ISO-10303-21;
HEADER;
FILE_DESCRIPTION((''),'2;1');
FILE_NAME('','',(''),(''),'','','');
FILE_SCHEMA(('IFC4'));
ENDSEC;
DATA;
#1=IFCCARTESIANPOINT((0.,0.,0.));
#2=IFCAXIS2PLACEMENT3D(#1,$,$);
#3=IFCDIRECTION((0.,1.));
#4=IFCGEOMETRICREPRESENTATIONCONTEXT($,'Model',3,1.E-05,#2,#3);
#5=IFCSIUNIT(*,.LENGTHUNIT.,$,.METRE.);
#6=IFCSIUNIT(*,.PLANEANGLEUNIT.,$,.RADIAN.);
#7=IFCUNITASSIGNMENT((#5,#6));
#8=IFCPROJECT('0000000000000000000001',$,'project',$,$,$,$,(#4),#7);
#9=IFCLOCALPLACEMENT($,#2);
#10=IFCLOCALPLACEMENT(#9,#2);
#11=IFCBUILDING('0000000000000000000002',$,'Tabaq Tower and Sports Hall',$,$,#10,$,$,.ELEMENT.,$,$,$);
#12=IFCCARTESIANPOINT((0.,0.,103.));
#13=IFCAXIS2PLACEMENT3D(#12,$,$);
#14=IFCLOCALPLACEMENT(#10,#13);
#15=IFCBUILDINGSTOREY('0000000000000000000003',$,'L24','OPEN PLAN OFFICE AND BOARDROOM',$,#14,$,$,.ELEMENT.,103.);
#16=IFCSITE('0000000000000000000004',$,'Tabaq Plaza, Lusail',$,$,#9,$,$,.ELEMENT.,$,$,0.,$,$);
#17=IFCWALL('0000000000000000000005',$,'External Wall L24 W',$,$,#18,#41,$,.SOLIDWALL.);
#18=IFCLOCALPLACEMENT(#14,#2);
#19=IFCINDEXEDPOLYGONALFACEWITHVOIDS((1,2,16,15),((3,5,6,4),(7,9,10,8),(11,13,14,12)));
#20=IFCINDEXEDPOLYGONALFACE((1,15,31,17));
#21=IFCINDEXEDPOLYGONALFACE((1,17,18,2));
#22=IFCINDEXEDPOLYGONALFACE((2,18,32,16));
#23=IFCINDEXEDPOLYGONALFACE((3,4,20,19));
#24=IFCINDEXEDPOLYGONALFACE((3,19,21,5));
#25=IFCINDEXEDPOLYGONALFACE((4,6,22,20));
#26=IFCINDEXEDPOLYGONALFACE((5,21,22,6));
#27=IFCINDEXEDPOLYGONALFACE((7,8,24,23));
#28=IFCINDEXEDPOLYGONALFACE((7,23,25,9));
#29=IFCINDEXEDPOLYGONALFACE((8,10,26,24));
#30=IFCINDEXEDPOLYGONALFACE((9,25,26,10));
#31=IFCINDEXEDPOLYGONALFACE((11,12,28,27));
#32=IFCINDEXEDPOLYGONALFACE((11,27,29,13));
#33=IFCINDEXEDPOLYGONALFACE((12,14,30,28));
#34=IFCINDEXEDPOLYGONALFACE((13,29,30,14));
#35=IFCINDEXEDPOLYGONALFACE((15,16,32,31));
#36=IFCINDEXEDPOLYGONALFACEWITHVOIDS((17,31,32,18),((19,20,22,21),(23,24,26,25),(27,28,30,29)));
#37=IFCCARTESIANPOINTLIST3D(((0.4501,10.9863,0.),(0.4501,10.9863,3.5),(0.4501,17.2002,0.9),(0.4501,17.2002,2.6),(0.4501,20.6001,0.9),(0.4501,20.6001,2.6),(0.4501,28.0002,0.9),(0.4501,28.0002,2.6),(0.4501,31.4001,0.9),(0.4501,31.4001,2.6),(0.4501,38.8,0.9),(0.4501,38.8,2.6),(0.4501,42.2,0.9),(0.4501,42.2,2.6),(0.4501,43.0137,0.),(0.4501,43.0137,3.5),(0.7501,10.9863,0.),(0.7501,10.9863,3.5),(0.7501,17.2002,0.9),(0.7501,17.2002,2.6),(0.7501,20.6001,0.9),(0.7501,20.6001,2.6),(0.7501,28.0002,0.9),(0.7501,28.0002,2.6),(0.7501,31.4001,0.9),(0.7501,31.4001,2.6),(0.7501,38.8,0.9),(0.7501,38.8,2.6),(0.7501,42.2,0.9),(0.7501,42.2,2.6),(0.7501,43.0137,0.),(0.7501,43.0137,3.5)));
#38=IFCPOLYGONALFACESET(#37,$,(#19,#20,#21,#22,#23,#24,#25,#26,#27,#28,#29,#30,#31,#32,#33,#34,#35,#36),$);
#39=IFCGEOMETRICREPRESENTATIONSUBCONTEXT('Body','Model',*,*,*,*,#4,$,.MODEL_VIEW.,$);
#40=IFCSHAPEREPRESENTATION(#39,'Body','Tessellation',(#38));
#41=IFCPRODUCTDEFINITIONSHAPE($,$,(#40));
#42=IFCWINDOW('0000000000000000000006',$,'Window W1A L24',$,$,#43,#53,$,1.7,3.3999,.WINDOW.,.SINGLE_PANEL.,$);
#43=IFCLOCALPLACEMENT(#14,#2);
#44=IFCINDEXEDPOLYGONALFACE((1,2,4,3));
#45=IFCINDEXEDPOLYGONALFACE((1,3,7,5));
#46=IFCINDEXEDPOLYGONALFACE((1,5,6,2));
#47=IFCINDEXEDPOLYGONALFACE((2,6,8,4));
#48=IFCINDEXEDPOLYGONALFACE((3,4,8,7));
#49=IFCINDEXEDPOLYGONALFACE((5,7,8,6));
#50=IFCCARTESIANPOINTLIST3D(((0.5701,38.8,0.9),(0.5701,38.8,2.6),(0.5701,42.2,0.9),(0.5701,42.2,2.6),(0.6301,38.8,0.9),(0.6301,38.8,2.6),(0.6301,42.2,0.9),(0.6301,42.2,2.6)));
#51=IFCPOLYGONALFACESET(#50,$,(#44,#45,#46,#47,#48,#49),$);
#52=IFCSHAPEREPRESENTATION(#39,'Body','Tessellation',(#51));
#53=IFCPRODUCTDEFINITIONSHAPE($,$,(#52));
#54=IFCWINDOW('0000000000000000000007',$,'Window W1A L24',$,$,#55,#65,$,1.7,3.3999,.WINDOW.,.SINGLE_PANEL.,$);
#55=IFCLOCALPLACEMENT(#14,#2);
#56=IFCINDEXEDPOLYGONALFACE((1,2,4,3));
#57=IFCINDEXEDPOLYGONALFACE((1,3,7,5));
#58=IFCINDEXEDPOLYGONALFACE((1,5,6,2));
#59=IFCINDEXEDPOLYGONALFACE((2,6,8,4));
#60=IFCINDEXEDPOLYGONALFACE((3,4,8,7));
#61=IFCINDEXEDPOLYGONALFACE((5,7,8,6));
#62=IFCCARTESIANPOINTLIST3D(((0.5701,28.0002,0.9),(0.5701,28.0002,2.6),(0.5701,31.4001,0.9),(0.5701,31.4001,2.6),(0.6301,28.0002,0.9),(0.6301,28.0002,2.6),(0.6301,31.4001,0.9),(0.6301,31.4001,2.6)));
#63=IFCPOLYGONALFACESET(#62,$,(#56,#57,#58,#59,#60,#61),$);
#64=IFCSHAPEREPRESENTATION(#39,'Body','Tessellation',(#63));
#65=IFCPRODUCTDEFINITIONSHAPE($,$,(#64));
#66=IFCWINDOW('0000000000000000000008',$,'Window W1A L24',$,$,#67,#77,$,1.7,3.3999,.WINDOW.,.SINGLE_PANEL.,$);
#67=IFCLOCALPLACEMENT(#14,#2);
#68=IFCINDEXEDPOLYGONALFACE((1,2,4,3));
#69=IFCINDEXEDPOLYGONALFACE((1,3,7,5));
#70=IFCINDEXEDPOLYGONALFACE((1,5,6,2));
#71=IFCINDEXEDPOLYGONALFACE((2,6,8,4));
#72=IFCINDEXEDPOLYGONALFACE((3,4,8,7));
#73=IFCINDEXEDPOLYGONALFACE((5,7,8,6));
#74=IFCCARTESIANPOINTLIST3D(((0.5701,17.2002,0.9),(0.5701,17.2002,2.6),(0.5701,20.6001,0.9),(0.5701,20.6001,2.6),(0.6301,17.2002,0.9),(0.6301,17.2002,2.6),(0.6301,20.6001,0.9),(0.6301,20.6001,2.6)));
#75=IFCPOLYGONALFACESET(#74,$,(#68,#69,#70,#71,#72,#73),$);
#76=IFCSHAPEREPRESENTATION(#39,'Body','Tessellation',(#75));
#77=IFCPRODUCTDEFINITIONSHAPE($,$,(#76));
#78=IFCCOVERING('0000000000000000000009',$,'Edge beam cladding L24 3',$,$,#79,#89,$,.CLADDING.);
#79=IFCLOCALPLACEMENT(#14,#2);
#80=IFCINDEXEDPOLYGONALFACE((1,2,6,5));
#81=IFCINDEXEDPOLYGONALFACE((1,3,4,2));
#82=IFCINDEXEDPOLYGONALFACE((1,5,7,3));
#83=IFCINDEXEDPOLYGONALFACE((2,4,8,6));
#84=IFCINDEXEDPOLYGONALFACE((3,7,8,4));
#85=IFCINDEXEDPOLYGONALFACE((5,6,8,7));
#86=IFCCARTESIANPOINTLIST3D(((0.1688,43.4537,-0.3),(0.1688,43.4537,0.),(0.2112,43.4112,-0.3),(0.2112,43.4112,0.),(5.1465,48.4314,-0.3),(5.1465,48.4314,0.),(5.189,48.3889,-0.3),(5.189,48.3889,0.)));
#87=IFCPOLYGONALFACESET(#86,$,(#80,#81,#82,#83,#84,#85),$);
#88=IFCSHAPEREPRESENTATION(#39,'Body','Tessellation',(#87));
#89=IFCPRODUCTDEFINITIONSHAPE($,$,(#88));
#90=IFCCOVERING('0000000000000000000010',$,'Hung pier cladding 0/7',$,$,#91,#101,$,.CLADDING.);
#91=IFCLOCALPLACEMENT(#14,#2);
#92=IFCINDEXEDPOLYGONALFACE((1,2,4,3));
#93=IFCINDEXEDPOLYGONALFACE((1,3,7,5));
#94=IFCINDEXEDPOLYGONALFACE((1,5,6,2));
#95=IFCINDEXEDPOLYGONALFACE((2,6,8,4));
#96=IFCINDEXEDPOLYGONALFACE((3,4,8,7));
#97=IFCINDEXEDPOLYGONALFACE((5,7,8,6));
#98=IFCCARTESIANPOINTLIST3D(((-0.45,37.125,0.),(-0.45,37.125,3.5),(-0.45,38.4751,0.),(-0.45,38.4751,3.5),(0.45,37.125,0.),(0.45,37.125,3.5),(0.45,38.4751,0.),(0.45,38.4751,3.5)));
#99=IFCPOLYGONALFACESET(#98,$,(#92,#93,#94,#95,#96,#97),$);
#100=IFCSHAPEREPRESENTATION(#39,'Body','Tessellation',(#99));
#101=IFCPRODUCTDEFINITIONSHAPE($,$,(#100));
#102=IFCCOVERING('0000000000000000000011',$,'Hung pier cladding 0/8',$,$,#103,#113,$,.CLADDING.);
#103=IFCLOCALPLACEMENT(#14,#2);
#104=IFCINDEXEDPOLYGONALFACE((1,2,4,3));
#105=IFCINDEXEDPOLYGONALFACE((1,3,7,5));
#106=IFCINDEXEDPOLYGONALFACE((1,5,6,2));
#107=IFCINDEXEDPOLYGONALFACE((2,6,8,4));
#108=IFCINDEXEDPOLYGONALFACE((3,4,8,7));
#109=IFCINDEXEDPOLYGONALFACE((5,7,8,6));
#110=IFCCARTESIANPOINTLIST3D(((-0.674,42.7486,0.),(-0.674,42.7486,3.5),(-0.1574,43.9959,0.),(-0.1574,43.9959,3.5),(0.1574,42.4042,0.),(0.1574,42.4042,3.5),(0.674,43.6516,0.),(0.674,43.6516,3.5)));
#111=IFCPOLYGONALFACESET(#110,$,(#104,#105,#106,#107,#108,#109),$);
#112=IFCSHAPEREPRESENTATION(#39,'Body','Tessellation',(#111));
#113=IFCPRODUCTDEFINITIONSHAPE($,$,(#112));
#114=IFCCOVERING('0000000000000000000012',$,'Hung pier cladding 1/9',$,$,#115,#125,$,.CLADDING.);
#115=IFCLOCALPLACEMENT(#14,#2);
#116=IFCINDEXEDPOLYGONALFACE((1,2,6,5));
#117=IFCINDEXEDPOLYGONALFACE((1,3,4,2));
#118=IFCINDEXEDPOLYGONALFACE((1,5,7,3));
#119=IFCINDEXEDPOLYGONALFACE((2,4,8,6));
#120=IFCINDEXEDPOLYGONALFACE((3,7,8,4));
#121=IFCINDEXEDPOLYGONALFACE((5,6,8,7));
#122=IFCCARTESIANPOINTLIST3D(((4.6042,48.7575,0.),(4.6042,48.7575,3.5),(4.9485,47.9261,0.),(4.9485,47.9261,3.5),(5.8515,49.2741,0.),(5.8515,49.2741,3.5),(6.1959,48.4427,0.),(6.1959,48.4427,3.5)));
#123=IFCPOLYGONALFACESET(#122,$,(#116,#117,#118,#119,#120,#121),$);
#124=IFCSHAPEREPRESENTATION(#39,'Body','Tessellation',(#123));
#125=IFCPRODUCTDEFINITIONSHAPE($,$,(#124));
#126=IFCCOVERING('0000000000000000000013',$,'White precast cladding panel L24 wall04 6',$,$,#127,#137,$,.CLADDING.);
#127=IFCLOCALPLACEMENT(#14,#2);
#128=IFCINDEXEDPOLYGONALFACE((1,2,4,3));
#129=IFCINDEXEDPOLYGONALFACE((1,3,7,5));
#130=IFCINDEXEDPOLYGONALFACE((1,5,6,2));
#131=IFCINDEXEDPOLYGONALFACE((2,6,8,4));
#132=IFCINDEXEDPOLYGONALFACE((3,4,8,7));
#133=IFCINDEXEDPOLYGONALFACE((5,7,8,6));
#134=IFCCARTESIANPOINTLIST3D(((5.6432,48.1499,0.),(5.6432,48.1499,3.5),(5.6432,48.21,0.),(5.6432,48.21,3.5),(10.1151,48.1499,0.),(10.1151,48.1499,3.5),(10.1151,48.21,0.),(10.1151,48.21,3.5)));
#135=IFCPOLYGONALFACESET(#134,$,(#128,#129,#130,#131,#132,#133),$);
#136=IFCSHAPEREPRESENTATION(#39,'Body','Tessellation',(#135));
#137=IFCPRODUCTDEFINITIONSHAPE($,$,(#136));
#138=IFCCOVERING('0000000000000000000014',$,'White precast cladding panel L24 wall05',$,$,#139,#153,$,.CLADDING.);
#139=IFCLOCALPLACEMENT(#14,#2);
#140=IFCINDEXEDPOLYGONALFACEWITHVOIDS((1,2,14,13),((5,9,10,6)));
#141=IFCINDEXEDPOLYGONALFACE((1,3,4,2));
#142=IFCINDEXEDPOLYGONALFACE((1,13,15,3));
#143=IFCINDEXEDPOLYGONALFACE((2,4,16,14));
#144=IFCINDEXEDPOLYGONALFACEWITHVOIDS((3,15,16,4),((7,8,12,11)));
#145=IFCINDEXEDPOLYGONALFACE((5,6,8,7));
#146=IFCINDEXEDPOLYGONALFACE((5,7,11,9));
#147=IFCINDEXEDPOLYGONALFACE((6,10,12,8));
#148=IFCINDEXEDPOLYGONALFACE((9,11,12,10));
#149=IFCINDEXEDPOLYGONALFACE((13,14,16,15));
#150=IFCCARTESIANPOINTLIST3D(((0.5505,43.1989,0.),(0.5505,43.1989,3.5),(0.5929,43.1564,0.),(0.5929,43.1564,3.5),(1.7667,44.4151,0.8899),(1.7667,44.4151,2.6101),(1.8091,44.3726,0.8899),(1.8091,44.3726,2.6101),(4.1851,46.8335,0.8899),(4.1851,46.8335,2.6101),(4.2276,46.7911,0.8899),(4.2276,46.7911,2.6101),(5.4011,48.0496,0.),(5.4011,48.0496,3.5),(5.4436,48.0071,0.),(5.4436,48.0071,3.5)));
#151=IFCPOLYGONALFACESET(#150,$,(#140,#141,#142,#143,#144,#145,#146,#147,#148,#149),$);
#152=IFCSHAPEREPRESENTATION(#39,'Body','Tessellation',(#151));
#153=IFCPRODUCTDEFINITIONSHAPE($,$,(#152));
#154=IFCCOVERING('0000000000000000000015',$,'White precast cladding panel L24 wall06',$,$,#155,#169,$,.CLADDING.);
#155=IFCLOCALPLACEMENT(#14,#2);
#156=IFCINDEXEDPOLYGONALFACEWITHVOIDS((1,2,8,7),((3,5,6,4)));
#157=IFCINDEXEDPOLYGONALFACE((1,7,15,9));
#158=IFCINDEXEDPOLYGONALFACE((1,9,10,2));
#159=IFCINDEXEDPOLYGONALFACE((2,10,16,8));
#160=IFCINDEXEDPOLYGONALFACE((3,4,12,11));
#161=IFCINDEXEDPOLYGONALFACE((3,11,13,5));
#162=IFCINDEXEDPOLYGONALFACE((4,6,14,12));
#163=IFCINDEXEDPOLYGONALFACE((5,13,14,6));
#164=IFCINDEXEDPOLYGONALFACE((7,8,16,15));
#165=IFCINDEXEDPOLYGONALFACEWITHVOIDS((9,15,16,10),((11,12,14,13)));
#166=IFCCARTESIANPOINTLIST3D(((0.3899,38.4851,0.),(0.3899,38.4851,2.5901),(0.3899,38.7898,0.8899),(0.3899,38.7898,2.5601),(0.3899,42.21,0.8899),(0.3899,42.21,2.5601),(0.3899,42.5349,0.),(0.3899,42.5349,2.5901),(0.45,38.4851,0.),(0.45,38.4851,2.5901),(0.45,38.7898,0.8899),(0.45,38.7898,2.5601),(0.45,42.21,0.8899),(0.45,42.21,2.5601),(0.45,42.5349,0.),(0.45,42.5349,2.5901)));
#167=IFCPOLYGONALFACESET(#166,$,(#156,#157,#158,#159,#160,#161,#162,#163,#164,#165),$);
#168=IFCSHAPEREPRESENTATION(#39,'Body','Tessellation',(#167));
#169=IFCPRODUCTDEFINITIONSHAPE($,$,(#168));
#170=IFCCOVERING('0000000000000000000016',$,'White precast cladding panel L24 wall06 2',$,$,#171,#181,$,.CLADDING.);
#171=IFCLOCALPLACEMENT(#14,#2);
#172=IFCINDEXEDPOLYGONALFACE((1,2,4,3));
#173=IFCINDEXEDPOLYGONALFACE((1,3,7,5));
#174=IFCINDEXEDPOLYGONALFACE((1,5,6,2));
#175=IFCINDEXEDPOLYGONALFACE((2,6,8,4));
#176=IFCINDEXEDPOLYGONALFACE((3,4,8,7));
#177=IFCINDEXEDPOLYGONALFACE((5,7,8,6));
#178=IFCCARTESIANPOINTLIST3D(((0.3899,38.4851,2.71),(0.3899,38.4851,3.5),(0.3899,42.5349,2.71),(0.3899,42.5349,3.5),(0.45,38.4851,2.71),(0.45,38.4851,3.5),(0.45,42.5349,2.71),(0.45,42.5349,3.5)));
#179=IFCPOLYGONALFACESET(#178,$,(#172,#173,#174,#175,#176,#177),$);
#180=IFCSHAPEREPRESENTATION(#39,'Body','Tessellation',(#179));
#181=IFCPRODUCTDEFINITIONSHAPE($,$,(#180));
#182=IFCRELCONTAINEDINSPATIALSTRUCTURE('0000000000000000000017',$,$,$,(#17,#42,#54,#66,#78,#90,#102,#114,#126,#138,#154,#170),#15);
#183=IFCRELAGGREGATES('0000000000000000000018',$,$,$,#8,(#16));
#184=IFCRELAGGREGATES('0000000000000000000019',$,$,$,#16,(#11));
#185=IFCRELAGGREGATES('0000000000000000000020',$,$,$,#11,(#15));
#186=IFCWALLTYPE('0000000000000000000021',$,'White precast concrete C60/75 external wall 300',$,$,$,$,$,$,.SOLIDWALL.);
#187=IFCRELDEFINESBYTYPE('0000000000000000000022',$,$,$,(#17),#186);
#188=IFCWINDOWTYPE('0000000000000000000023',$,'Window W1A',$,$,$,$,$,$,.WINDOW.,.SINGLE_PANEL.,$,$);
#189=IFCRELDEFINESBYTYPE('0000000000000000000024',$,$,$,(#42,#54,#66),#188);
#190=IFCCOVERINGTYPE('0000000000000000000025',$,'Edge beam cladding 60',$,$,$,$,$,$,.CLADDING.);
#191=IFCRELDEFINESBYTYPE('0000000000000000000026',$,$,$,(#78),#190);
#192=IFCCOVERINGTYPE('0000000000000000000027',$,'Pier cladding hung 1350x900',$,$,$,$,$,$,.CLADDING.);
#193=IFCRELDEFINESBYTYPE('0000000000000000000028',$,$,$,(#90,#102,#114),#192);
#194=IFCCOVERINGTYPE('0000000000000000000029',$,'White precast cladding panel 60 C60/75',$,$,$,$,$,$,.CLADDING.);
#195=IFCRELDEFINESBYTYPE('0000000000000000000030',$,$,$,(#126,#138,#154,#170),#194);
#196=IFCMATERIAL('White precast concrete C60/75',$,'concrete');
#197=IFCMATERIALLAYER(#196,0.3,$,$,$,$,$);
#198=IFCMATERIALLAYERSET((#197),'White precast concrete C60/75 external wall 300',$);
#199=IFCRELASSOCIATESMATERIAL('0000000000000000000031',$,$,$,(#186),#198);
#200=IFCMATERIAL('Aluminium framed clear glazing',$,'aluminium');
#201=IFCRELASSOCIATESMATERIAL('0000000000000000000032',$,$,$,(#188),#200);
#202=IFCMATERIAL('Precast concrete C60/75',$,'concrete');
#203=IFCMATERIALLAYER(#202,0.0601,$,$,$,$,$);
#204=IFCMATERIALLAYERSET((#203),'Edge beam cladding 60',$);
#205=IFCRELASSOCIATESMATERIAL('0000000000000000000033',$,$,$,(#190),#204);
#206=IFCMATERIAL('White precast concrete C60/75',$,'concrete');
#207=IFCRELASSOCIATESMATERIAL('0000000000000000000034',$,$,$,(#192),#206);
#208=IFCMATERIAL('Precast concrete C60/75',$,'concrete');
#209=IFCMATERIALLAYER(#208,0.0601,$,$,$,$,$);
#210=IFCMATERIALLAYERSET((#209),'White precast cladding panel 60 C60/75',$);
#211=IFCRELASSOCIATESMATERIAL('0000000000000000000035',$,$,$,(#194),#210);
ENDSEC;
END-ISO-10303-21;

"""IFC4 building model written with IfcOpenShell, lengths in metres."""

from ifc_helpers import new_model, si_unit, direction, frame, frame_2d, origin, place, context, subcontext, project, spatial, polyline, rectangle, outline, extrude, material, layer, layer_set, type_object, element, fill, save


model = new_model("IFC4")

# Units and contexts
model_context = context("Model", 3, precision=1e-05, world=origin(), true_north=direction((0.0, 1.0)))
body_context = subcontext(model_context, "Body", "Model", "MODEL_VIEW")
ifc_project = project(units=[si_unit("LENGTHUNIT", "METRE"), si_unit("PLANEANGLEUNIT", "RADIAN")], contexts=[model_context])

# Site, building, storey
site_placement = place(None, origin())
site = spatial("IfcSite", under=ifc_project, at=site_placement, Name="Tabaq Plaza, Lusail", CompositionType="ELEMENT", RefElevation=0.0)
building_placement = place(site_placement, origin())
building = spatial("IfcBuilding", under=site, at=building_placement, Name="Tabaq Tower and Sports Hall", CompositionType="ELEMENT")
storey_placement = place(building_placement, frame((0.0, 0.0, 103.0)))
storey = spatial("IfcBuildingStorey", under=building, at=storey_placement, Name="L24", Description="OPEN PLAN OFFICE AND BOARDROOM", CompositionType="ELEMENT", Elevation=103.0)

# Shared definitions
ifc_material_1 = material(Name="White precast concrete C60/75", Category="concrete")
ifc_layer_1 = layer(ifc_material_1, 0.3)
ifc_layer_set_1 = layer_set([ifc_layer_1], Name="White precast concrete C60/75 external wall 300")
wall_type_1 = type_object("IfcWallType", Name="White precast concrete C60/75 external wall 300", PredefinedType="SOLIDWALL", material=ifc_layer_set_1)
ifc_material_2 = material(Name="Aluminium framed clear glazing", Category="aluminium")
window_type = type_object("IfcWindowType", Name="Window W1A", PartitioningType="SINGLE_PANEL", PredefinedType="WINDOW", material=ifc_material_2)

# Wall, openings, windows
wall_1_placement = place(storey_placement, frame((0.6001, 43.0137, 0.0), z_axis=(0.0, 0.0, 1.0), x_axis=(0.0, -1.0, 0.0)))
wall_1 = element("IfcWall", 1, at=wall_1_placement, inside=storey, type_object=wall_type_1, Name="External Wall L24 W", PredefinedType="SOLIDWALL", context=body_context, shape_type="SweptSolid", body=[
    extrude(rectangle(XDim=32.0273, YDim=0.3, at=frame_2d((16.0137, 0.0))), origin(), (0.0, 0.0, 1.0), 3.5),
])
opening_1_placement = place(wall_1_placement, frame((0.8137, 0.0, 0.8999)))
opening_1 = element("IfcOpeningElement", 2, at=opening_1_placement, cuts=wall_1, PredefinedType="OPENING", context=body_context, shape_type="SweptSolid", body=[
    extrude(rectangle(XDim=3.3999, YDim=1.7, at=frame_2d((1.7, 0.8501))), frame((0.0, 0.1602, 0.0), z_axis=(0.0, -1.0, 0.0), x_axis=(1.0, 0.0, 0.0)), (0.0, 0.0, 1.0), 0.3201),
])
opening_2_placement = place(wall_1_placement, frame((11.6135, 0.0, 0.8999)))
opening_2 = element("IfcOpeningElement", 3, at=opening_2_placement, cuts=wall_1, PredefinedType="OPENING", context=body_context, shape_type="SweptSolid", body=[
    extrude(rectangle(XDim=3.3999, YDim=1.7, at=frame_2d((1.7, 0.8501))), frame((0.0, 0.1602, 0.0), z_axis=(0.0, -1.0, 0.0), x_axis=(1.0, 0.0, 0.0)), (0.0, 0.0, 1.0), 0.3201),
])
opening_3_placement = place(wall_1_placement, frame((22.4136, 0.0, 0.8999)))
opening_3 = element("IfcOpeningElement", 4, at=opening_3_placement, cuts=wall_1, PredefinedType="OPENING", context=body_context, shape_type="SweptSolid", body=[
    extrude(rectangle(XDim=3.3999, YDim=1.7, at=frame_2d((1.7, 0.8501))), frame((0.0, 0.1602, 0.0), z_axis=(0.0, -1.0, 0.0), x_axis=(1.0, 0.0, 0.0)), (0.0, 0.0, 1.0), 0.3201),
])
window_1_placement = place(opening_1_placement, origin())
window_1 = element("IfcWindow", 5, at=window_1_placement, inside=storey, type_object=window_type, Name="Window W1A L24", OverallHeight=1.7, OverallWidth=3.3999, PartitioningType="SINGLE_PANEL", PredefinedType="WINDOW", context=body_context, shape_type="SweptSolid", body=[
    extrude(rectangle(XDim=3.3999, YDim=1.7, at=frame_2d((1.7, 0.8501))), frame((0.0, 0.03, 0.0), z_axis=(0.0, -1.0, 0.0), x_axis=(1.0, 0.0, 0.0)), (0.0, 0.0, 1.0), 0.0601),
])
fill(opening_1, window_1)
window_2_placement = place(opening_2_placement, origin())
window_2 = element("IfcWindow", 6, at=window_2_placement, inside=storey, type_object=window_type, Name="Window W1A L24", OverallHeight=1.7, OverallWidth=3.3999, PartitioningType="SINGLE_PANEL", PredefinedType="WINDOW", context=body_context, shape_type="SweptSolid", body=[
    extrude(rectangle(XDim=3.3999, YDim=1.7, at=frame_2d((1.7, 0.8501))), frame((0.0, 0.03, 0.0), z_axis=(0.0, -1.0, 0.0), x_axis=(1.0, 0.0, 0.0)), (0.0, 0.0, 1.0), 0.0601),
])
fill(opening_2, window_2)
window_3_placement = place(opening_3_placement, origin())
window_3 = element("IfcWindow", 7, at=window_3_placement, inside=storey, type_object=window_type, Name="Window W1A L24", OverallHeight=1.7, OverallWidth=3.3999, PartitioningType="SINGLE_PANEL", PredefinedType="WINDOW", context=body_context, shape_type="SweptSolid", body=[
    extrude(rectangle(XDim=3.3999, YDim=1.7, at=frame_2d((1.7, 0.8501))), frame((0.0, 0.03, 0.0), z_axis=(0.0, -1.0, 0.0), x_axis=(1.0, 0.0, 0.0)), (0.0, 0.0, 1.0), 0.0601),
])
fill(opening_3, window_3)

# Coverings
ifc_material_3 = material(Name="Precast concrete C60/75", Category="concrete")
ifc_layer_2 = layer(ifc_material_3, 0.0601)
ifc_layer_set_2 = layer_set([ifc_layer_2], Name="Edge beam cladding 60")
covering_type_1 = type_object("IfcCoveringType", Name="Edge beam cladding 60", PredefinedType="CLADDING", material=ifc_layer_set_2)
covering_1_placement = place(storey_placement, frame((5.1677, 48.4102, -0.3), z_axis=(0.0, 0.0, 1.0), x_axis=(-0.707107, -0.707107, 0.0)))
element("IfcCovering", 8, at=covering_1_placement, inside=storey, type_object=covering_type_1, Name="Edge beam cladding L24 3", PredefinedType="CLADDING", context=body_context, shape_type="SweptSolid", body=[
    extrude(rectangle(XDim=7.0396, YDim=0.0601, at=frame_2d((3.5198, 0.0))), origin(), (0.0, 0.0, 1.0), 0.3),
])
ifc_material_4 = material(Name="White precast concrete C60/75", Category="concrete")
covering_type_2 = type_object("IfcCoveringType", Name="Pier cladding hung 1350x900", PredefinedType="CLADDING", material=ifc_material_4)
for number, where, z_axis, x_axis, name in (
    (9, (0.0, 38.4751, 0.0), (0.0, 0.0, 1.0), (0.0, -1.0, 0.0), "Hung pier cladding 0/7"),
    (10, (0.2583, 43.8237, 0.0), (0.0, 0.0, 1.0), (-0.38265, -0.923893, 0.0), "Hung pier cladding 0/8"),
    (11, (6.0237, 48.8584, 0.0), (0.0, 0.0, 1.0), (-0.923893, -0.38265, 0.0), "Hung pier cladding 1/9"),
):
    element("IfcCovering", number, at=place(storey_placement, frame(where, z_axis=z_axis, x_axis=x_axis)), inside=storey, type_object=covering_type_2, Name=name, PredefinedType="CLADDING", context=body_context, shape_type="SweptSolid", body=[
        extrude(rectangle(XDim=1.3501, YDim=0.8999, at=frame_2d((0.675, 0.0))), origin(), (0.0, 0.0, 1.0), 3.5),
    ])
ifc_material_5 = material(Name="Precast concrete C60/75", Category="concrete")
ifc_layer_3 = layer(ifc_material_5, 0.0601)
ifc_layer_set_3 = layer_set([ifc_layer_3], Name="White precast cladding panel 60 C60/75")
covering_type_3 = type_object("IfcCoveringType", Name="White precast cladding panel 60 C60/75", PredefinedType="CLADDING", material=ifc_layer_set_3)
covering_2_placement = place(storey_placement, frame((10.115, 48.1799, 0.0), z_axis=(0.0, 0.0, 1.0), x_axis=(-1.0, 0.0, 0.0)))
element("IfcCovering", 12, at=covering_2_placement, inside=storey, type_object=covering_type_3, Name="White precast cladding panel L24 wall04 6", PredefinedType="CLADDING", context=body_context, shape_type="SweptSolid", body=[
    extrude(rectangle(XDim=4.4719, YDim=0.0601, at=frame_2d((2.2358, 0.0))), origin(), (0.0, 0.0, 1.0), 3.5),
])
covering_3_placement = place(storey_placement, frame((5.4224, 48.0283, 0.0), z_axis=(0.0, 0.0, 1.0), x_axis=(-0.707107, -0.707107, 0.0)))
element("IfcCovering", 13, at=covering_3_placement, inside=storey, type_object=covering_type_3, Name="White precast cladding panel L24 wall05", PredefinedType="CLADDING", context=body_context, shape_type="SweptSolid", body=[
    extrude(outline(polyline([(0.0, 0.0), (6.8599, 0.0), (6.8599, 3.5), (0.0, 3.5), (0.0, 0.0)]), holes=[polyline([(1.7197, 0.8899), (1.7197, 2.6101), (5.1399, 2.6101), (5.1399, 0.8899), (1.7197, 0.8899)])]), frame((0.0, 0.03, 0.0), z_axis=(0.0, -1.0, 0.0), x_axis=(1.0, 0.0, 0.0)), (0.0, 0.0, 1.0), 0.0601),
])
covering_4_placement = place(storey_placement, frame((0.4199, 42.5349, 0.0), z_axis=(0.0, 0.0, 1.0), x_axis=(0.0, -1.0, 0.0)))
element("IfcCovering", 14, at=covering_4_placement, inside=storey, type_object=covering_type_3, Name="White precast cladding panel L24 wall06", PredefinedType="CLADDING", context=body_context, shape_type="SweptSolid", body=[
    extrude(outline(polyline([(0.0, 0.0), (4.0498, 0.0), (4.0498, 2.5901), (0.0, 2.5901), (0.0, 0.0)]), holes=[polyline([(3.7451, 0.8899), (0.325, 0.8899), (0.325, 2.5601), (3.7451, 2.5601), (3.7451, 0.8899)])]), frame((0.0, 0.03, 0.0), z_axis=(0.0, -1.0, 0.0), x_axis=(1.0, 0.0, 0.0)), (0.0, 0.0, 1.0), 0.0601),
])
covering_5_placement = place(storey_placement, frame((0.4199, 42.5349, 2.71), z_axis=(0.0, 0.0, 1.0), x_axis=(0.0, -1.0, 0.0)))
element("IfcCovering", 15, at=covering_5_placement, inside=storey, type_object=covering_type_3, Name="White precast cladding panel L24 wall06 2", PredefinedType="CLADDING", context=body_context, shape_type="SweptSolid", body=[
    extrude(rectangle(XDim=4.0498, YDim=0.0601, at=frame_2d((2.0249, 0.0))), origin(), (0.0, 0.0, 1.0), 0.79),
])

save(model, "model.ifc")
